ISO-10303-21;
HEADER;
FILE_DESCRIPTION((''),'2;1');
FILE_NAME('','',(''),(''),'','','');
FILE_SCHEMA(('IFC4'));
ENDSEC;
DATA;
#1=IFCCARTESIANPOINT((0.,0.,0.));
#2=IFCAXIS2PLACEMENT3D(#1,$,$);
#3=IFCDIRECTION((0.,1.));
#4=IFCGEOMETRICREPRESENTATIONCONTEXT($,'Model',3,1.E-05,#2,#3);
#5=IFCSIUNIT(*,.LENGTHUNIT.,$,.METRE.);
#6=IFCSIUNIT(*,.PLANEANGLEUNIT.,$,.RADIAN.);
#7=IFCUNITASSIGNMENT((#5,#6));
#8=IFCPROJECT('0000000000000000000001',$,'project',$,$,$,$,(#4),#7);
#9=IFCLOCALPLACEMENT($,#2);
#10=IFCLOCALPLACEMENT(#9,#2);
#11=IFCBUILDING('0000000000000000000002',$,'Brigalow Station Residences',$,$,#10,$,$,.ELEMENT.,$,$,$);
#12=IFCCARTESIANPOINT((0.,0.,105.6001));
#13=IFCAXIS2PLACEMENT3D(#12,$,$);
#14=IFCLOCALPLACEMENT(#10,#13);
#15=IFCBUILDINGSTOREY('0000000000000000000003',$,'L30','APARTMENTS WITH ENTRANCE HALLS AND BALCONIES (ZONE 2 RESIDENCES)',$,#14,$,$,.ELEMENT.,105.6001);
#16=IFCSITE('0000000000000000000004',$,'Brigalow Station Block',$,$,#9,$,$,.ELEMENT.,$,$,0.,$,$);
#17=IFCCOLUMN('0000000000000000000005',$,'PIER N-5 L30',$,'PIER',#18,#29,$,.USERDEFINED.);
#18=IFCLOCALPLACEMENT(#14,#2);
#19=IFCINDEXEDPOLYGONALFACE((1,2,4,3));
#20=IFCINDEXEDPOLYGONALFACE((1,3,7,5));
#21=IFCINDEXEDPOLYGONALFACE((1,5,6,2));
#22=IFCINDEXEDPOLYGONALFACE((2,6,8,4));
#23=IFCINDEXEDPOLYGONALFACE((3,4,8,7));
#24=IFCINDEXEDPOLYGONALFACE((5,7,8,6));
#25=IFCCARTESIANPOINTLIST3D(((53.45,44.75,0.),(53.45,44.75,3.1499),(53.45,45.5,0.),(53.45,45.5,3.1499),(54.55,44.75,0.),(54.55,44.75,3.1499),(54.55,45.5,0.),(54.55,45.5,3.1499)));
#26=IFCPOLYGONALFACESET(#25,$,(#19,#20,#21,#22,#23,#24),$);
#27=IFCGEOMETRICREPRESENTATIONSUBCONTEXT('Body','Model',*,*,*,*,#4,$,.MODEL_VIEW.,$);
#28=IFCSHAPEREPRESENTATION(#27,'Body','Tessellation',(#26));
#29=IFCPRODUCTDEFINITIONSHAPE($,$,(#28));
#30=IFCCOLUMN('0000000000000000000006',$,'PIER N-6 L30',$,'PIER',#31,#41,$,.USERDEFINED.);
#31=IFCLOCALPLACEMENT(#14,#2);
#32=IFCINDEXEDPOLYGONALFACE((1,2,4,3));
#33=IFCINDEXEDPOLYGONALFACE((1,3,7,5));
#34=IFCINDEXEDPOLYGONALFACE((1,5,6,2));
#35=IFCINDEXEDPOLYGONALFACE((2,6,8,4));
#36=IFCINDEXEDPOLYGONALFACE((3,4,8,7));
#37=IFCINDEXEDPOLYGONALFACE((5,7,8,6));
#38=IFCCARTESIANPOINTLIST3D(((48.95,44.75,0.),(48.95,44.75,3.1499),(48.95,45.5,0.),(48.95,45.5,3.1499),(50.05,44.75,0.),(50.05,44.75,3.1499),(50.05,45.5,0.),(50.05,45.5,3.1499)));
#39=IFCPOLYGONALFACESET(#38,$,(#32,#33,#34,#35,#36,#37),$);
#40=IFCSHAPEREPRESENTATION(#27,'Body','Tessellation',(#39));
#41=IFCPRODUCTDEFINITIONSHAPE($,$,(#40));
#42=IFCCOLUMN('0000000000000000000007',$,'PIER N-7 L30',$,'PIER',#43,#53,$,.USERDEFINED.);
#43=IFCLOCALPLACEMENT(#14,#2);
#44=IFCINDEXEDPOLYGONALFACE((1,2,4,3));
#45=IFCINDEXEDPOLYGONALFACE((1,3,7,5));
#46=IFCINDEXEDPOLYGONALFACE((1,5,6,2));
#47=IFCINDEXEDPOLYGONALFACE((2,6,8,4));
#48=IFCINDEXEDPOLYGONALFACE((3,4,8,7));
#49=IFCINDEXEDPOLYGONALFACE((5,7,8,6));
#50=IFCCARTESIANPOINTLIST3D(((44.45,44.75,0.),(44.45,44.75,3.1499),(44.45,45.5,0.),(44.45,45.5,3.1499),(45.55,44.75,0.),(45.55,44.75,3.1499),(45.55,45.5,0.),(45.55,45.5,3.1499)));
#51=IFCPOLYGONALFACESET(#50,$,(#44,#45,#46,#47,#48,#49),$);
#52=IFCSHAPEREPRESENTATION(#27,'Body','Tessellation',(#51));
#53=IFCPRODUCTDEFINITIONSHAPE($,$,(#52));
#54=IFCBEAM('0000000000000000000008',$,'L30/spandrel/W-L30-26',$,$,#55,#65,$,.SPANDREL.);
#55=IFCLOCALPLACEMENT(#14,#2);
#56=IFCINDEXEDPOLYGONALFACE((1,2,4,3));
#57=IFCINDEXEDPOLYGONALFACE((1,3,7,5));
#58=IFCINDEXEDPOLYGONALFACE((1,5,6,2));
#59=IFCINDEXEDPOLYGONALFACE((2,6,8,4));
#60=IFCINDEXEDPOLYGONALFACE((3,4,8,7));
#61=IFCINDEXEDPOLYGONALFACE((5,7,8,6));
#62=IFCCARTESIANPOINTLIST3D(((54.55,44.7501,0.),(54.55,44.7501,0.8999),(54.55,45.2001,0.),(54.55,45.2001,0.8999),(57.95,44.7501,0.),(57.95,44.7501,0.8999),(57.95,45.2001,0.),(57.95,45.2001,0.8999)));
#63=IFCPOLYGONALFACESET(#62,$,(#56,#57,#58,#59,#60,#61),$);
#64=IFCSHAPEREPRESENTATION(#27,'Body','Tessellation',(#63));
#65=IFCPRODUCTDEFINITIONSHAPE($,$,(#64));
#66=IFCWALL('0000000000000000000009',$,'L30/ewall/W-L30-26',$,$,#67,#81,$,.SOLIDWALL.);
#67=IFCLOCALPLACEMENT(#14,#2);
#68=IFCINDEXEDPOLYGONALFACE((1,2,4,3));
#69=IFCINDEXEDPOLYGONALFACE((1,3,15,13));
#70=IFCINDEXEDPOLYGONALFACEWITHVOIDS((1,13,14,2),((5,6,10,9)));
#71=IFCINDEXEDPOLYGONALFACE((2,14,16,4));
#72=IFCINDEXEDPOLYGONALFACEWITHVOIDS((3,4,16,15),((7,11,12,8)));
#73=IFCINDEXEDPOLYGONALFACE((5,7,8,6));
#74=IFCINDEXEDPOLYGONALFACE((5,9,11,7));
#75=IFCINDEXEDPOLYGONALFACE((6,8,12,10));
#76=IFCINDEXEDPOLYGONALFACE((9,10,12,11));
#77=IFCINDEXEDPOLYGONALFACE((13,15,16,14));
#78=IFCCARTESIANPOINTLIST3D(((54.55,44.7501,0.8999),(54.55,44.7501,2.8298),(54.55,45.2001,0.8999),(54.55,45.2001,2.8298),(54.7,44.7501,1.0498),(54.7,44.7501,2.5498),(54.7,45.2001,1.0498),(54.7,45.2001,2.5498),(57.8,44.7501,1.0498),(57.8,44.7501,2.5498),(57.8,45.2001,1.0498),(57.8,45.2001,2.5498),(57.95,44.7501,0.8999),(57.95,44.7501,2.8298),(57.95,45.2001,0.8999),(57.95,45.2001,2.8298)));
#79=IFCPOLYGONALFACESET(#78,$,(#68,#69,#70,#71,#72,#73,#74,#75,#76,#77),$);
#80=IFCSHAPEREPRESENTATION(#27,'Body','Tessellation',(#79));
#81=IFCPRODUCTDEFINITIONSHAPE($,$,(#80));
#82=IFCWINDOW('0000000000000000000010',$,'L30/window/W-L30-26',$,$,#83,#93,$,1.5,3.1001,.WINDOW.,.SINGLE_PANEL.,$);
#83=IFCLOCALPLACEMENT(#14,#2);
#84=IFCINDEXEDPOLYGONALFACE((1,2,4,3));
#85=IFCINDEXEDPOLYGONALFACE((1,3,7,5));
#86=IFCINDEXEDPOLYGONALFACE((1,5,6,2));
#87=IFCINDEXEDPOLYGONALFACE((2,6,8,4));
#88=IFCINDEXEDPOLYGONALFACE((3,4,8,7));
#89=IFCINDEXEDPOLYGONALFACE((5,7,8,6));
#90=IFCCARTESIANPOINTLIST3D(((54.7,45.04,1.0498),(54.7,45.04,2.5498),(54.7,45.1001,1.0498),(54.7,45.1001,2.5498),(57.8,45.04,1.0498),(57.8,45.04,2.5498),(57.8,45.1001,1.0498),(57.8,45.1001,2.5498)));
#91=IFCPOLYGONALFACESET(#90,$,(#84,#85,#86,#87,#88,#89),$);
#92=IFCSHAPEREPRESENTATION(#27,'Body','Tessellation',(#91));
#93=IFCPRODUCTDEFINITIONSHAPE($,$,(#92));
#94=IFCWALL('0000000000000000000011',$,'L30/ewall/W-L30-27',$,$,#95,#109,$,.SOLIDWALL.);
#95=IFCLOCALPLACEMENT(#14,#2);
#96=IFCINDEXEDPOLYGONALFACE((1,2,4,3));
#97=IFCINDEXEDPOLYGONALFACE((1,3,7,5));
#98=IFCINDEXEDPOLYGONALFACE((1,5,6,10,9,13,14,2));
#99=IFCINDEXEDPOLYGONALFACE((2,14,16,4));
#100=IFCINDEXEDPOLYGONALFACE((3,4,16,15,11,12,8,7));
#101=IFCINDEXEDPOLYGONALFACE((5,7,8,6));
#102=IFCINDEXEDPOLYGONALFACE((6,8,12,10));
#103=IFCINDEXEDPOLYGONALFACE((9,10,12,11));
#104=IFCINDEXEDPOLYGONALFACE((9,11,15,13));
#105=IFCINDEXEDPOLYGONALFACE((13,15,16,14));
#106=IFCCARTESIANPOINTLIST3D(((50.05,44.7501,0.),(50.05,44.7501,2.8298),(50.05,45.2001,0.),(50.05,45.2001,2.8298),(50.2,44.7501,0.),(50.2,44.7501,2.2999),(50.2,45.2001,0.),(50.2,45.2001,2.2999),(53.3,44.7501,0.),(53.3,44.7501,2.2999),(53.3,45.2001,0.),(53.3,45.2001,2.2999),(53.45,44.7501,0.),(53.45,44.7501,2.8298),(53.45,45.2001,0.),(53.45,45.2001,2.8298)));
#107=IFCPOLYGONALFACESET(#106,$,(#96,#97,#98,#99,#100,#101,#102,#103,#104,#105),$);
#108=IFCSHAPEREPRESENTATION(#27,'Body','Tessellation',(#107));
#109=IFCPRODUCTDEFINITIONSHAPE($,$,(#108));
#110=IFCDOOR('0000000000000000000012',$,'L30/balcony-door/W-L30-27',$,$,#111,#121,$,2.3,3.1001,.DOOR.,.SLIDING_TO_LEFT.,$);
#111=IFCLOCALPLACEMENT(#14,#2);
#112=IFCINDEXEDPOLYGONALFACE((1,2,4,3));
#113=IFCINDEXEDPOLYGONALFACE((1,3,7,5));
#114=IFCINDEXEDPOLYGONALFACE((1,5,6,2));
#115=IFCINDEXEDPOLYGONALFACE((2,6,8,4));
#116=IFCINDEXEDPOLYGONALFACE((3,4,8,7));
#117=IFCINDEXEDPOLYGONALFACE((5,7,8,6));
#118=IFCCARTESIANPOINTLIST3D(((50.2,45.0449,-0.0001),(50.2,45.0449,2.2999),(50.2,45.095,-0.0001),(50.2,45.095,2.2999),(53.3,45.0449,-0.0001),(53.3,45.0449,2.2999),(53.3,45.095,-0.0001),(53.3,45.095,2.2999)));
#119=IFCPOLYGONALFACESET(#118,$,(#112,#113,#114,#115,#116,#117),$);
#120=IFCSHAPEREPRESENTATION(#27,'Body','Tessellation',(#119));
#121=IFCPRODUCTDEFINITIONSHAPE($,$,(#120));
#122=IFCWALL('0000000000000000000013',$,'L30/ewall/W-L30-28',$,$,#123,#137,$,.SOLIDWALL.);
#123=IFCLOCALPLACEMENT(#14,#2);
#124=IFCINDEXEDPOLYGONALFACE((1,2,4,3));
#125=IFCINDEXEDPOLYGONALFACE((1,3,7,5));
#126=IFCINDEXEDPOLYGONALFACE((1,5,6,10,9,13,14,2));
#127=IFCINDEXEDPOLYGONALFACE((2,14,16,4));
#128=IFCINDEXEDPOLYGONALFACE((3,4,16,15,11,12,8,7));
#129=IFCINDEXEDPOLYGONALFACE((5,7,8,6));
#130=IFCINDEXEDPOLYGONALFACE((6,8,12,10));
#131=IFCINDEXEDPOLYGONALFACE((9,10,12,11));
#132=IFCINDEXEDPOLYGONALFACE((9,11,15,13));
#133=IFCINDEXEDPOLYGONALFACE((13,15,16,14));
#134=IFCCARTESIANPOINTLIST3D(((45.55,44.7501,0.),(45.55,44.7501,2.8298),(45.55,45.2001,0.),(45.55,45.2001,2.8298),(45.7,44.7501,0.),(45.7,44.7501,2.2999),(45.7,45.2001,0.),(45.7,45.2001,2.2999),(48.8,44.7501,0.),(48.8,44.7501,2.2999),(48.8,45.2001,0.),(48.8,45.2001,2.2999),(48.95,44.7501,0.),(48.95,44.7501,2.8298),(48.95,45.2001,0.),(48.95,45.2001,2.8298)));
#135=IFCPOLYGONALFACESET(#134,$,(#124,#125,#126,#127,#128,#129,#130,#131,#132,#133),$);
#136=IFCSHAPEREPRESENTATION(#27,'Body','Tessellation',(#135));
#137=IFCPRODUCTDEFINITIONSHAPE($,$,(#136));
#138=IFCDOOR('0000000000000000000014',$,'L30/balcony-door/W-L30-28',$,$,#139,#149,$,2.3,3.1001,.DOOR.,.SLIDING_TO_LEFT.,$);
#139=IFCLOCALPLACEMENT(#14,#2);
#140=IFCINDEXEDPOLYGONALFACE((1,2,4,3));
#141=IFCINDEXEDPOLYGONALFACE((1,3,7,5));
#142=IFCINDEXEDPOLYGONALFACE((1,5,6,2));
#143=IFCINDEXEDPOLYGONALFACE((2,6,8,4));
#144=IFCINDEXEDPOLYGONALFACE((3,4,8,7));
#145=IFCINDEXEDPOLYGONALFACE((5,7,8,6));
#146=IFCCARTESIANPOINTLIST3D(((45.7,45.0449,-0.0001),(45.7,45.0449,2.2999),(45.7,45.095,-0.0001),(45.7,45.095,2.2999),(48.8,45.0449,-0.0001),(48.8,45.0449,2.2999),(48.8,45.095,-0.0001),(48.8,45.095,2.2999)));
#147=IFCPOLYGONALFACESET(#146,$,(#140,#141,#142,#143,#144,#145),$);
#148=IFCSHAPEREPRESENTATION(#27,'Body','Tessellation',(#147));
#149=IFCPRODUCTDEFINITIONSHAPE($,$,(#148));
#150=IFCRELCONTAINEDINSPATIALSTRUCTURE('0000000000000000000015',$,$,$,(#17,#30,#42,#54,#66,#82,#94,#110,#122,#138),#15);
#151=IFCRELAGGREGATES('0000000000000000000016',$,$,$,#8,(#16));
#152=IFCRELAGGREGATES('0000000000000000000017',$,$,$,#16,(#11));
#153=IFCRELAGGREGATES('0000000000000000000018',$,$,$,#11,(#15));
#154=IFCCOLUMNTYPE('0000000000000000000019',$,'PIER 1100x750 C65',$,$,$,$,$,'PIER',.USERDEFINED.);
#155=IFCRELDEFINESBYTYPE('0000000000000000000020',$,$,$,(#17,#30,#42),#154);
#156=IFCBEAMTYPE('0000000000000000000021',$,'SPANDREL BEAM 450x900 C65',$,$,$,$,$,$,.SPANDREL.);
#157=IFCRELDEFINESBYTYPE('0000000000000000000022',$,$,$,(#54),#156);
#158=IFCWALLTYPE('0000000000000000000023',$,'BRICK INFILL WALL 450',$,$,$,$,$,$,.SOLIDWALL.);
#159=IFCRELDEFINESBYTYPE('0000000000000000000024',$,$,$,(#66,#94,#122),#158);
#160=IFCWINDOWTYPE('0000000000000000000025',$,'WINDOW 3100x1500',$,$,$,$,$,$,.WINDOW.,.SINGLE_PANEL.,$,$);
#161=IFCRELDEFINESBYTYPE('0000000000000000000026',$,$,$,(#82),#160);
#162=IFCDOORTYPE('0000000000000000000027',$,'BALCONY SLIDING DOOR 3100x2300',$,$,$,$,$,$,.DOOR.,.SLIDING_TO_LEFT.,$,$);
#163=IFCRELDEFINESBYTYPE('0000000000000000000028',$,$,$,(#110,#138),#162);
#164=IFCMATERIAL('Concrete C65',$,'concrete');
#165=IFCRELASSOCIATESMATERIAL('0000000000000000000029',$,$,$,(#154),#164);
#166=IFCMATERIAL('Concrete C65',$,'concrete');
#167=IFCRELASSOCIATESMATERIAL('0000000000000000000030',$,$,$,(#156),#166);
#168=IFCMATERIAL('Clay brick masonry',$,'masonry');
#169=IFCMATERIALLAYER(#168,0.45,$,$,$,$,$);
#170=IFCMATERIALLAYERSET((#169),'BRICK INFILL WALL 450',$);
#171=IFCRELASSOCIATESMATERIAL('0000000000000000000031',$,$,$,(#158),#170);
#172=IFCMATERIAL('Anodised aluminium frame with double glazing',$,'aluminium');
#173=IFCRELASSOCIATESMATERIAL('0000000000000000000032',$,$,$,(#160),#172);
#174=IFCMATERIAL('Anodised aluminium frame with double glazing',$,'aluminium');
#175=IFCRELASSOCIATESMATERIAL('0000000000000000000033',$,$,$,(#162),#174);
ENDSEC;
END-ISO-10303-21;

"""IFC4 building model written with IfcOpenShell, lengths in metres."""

from ifc_helpers import new_model, si_unit, direction, frame, frame_2d, origin, origin_2d, place, context, subcontext, project, spatial, rectangle, extrude, material, layer, layer_set, material_profile, profile_set, type_object, element, fill, save


model = new_model("IFC4")

# Units and contexts
model_context = context("Model", 3, precision=1e-05, world=origin(), true_north=direction((0.0, 1.0)))
body_context = subcontext(model_context, "Body", "Model", "MODEL_VIEW")
ifc_project = project(units=[si_unit("LENGTHUNIT", "METRE"), si_unit("PLANEANGLEUNIT", "RADIAN")], contexts=[model_context])

# Site, building, storey
site_placement = place(None, origin())
site = spatial("IfcSite", under=ifc_project, at=site_placement, Name="Brigalow Station Block", CompositionType="ELEMENT", RefElevation=0.0)
building_placement = place(site_placement, origin())
building = spatial("IfcBuilding", under=site, at=building_placement, Name="Brigalow Station Residences", CompositionType="ELEMENT")
storey_placement = place(building_placement, frame((0.0, 0.0, 105.6001)))
storey = spatial("IfcBuildingStorey", under=building, at=storey_placement, Name="L30", Description="APARTMENTS WITH ENTRANCE HALLS AND BALCONIES (ZONE 2 RESIDENCES)", CompositionType="ELEMENT", Elevation=105.6001)

# Columns
ifc_material_1 = material(Name="Concrete C65", Category="concrete")
ifc_material_profile_1 = material_profile(ifc_material_1, rectangle(XDim=1.1001, YDim=0.75, at=origin_2d()), Name="RC1100x750")
ifc_profile_set_1 = profile_set([ifc_material_profile_1], Name="Concrete C65")
column_type = type_object("IfcColumnType", Name="PIER 1100x750 C65", ElementType="PIER", PredefinedType="USERDEFINED", material=ifc_profile_set_1)
for number, where, z_axis, x_axis, name in (
    (1, (54.0, 45.125, 0.0), (0.0, 0.0, 1.0), (-1.0, 0.0, 0.0), "PIER N-5 L30"),
    (2, (49.5, 45.125, 0.0), (0.0, 0.0, 1.0), (-1.0, 0.0, 0.0), "PIER N-6 L30"),
    (3, (45.0, 45.125, 0.0), (0.0, 0.0, 1.0), (-1.0, 0.0, 0.0), "PIER N-7 L30"),
):
    element("IfcColumn", number, at=place(storey_placement, frame(where, z_axis=z_axis, x_axis=x_axis)), inside=storey, type_object=column_type, Name=name, ObjectType="PIER", PredefinedType="USERDEFINED", context=body_context, shape_type="SweptSolid", body=[
        extrude(rectangle(XDim=1.1001, YDim=0.75, at=origin_2d()), origin(), (0.0, 0.0, 1.0), 3.1499),
    ])

# Beam
ifc_material_2 = material(Name="Concrete C65", Category="concrete")
ifc_material_profile_2 = material_profile(ifc_material_2, rectangle(XDim=0.45, YDim=0.8999, at=origin_2d()), Name="RC450x900")
ifc_profile_set_2 = profile_set([ifc_material_profile_2], Name="Concrete C65")
beam_type = type_object("IfcBeamType", Name="SPANDREL BEAM 450x900 C65", PredefinedType="SPANDREL", material=ifc_profile_set_2)
beam_placement = place(storey_placement, frame((57.95, 44.9751, 0.45), z_axis=(-1.0, 0.0, 0.0), x_axis=(0.0, -1.0, 0.0)))
element("IfcBeam", 4, at=beam_placement, inside=storey, type_object=beam_type, Name="L30/spandrel/W-L30-26", PredefinedType="SPANDREL", context=body_context, shape_type="SweptSolid", body=[
    extrude(rectangle(XDim=0.45, YDim=0.8999, at=origin_2d()), origin(), (0.0, 0.0, 1.0), 3.3999),
])

# Wall, opening, window
ifc_material_3 = material(Name="Clay brick masonry", Category="masonry")
ifc_layer_1 = layer(ifc_material_3, 0.45)
ifc_layer_set_1 = layer_set([ifc_layer_1], Name="BRICK INFILL WALL 450")
wall_type_1 = type_object("IfcWallType", Name="BRICK INFILL WALL 450", PredefinedType="SOLIDWALL", material=ifc_layer_set_1)
wall_1_placement = place(storey_placement, frame((57.95, 44.9751, 0.8999), z_axis=(0.0, 0.0, 1.0), x_axis=(-1.0, 0.0, 0.0)))
wall_1 = element("IfcWall", 5, at=wall_1_placement, inside=storey, type_object=wall_type_1, Name="L30/ewall/W-L30-26", PredefinedType="SOLIDWALL", context=body_context, shape_type="SweptSolid", body=[
    extrude(rectangle(XDim=3.3999, YDim=0.45, at=frame_2d((1.7, 0.0))), origin(), (0.0, 0.0, 1.0), 1.9299),
])
opening_1_placement = place(wall_1_placement, frame((0.1499, 0.0, 0.1499)))
opening_1 = element("IfcOpeningElement", 6, at=opening_1_placement, cuts=wall_1, PredefinedType="OPENING", context=body_context, shape_type="SweptSolid", body=[
    extrude(rectangle(XDim=3.1001, YDim=1.5, at=frame_2d((1.55, 0.75))), frame((0.0, 0.2349, 0.0), z_axis=(0.0, -1.0, 0.0), x_axis=(1.0, 0.0, 0.0)), (0.0, 0.0, 1.0), 0.47),
])
ifc_material_4 = material(Name="Anodised aluminium frame with double glazing", Category="aluminium")
window_type = type_object("IfcWindowType", Name="WINDOW 3100x1500", PartitioningType="SINGLE_PANEL", PredefinedType="WINDOW", material=ifc_material_4)
window_placement = place(opening_1_placement, origin())
window = element("IfcWindow", 7, at=window_placement, inside=storey, type_object=window_type, Name="L30/window/W-L30-26", OverallHeight=1.5, OverallWidth=3.1001, PartitioningType="SINGLE_PANEL", PredefinedType="WINDOW", context=body_context, shape_type="SweptSolid", body=[
    extrude(rectangle(XDim=3.1001, YDim=1.5, at=frame_2d((1.55, 0.75))), frame((0.0, -0.0649, 0.0), z_axis=(0.0, -1.0, 0.0), x_axis=(1.0, 0.0, 0.0)), (0.0, 0.0, 1.0), 0.0601),
])
fill(opening_1, window)

# Walls, openings, doors
wall_2_placement = place(storey_placement, frame((53.45, 44.9751, 0.0), z_axis=(0.0, 0.0, 1.0), x_axis=(-1.0, 0.0, 0.0)))
wall_2 = element("IfcWall", 8, at=wall_2_placement, inside=storey, type_object=wall_type_1, Name="L30/ewall/W-L30-27", PredefinedType="SOLIDWALL", context=body_context, shape_type="SweptSolid", body=[
    extrude(rectangle(XDim=3.3999, YDim=0.45, at=frame_2d((1.7, 0.0))), origin(), (0.0, 0.0, 1.0), 2.8298),
])
opening_2_placement = place(wall_2_placement, frame((0.1499, 0.0, 0.0)))
opening_2 = element("IfcOpeningElement", 9, at=opening_2_placement, cuts=wall_2, PredefinedType="OPENING", context=body_context, shape_type="SweptSolid", body=[
    extrude(rectangle(XDim=3.1001, YDim=2.3, at=frame_2d((1.55, 1.1499))), frame((0.0, 0.2349, 0.0), z_axis=(0.0, -1.0, 0.0), x_axis=(1.0, 0.0, 0.0)), (0.0, 0.0, 1.0), 0.47),
])
ifc_material_5 = material(Name="Anodised aluminium frame with double glazing", Category="aluminium")
door_type_1 = type_object("IfcDoorType", Name="BALCONY SLIDING DOOR 3100x2300", OperationType="SLIDING_TO_LEFT", PredefinedType="DOOR", material=ifc_material_5)
door_1_placement = place(opening_2_placement, origin())
door_1 = element("IfcDoor", 10, at=door_1_placement, inside=storey, type_object=door_type_1, Name="L30/balcony-door/W-L30-27", OperationType="SLIDING_TO_LEFT", OverallHeight=2.3, OverallWidth=3.1001, PredefinedType="DOOR", context=body_context, shape_type="SweptSolid", body=[
    extrude(rectangle(XDim=3.1001, YDim=2.3, at=frame_2d((1.55, 1.1499))), frame((0.0, -0.0698, 0.0), z_axis=(0.0, -1.0, 0.0), x_axis=(1.0, 0.0, 0.0)), (0.0, 0.0, 1.0), 0.05),
])
fill(opening_2, door_1)
wall_3_placement = place(storey_placement, frame((48.95, 44.9751, 0.0), z_axis=(0.0, 0.0, 1.0), x_axis=(-1.0, 0.0, 0.0)))
wall_3 = element("IfcWall", 11, at=wall_3_placement, inside=storey, type_object=wall_type_1, Name="L30/ewall/W-L30-28", PredefinedType="SOLIDWALL", context=body_context, shape_type="SweptSolid", body=[
    extrude(rectangle(XDim=3.3999, YDim=0.45, at=frame_2d((1.7, 0.0))), origin(), (0.0, 0.0, 1.0), 2.8298),
])
opening_3_placement = place(wall_3_placement, frame((0.1499, 0.0, 0.0)))
opening_3 = element("IfcOpeningElement", 12, at=opening_3_placement, cuts=wall_3, PredefinedType="OPENING", context=body_context, shape_type="SweptSolid", body=[
    extrude(rectangle(XDim=3.1001, YDim=2.3, at=frame_2d((1.55, 1.1499))), frame((0.0, 0.2349, 0.0), z_axis=(0.0, -1.0, 0.0), x_axis=(1.0, 0.0, 0.0)), (0.0, 0.0, 1.0), 0.47),
])
door_2_placement = place(opening_3_placement, origin())
door_2 = element("IfcDoor", 13, at=door_2_placement, inside=storey, type_object=door_type_1, Name="L30/balcony-door/W-L30-28", OperationType="SLIDING_TO_LEFT", OverallHeight=2.3, OverallWidth=3.1001, PredefinedType="DOOR", context=body_context, shape_type="SweptSolid", body=[
    extrude(rectangle(XDim=3.1001, YDim=2.3, at=frame_2d((1.55, 1.1499))), frame((0.0, -0.0698, 0.0), z_axis=(0.0, -1.0, 0.0), x_axis=(1.0, 0.0, 0.0)), (0.0, 0.0, 1.0), 0.05),
])
fill(opening_3, door_2)

save(model, "model.ifc")
